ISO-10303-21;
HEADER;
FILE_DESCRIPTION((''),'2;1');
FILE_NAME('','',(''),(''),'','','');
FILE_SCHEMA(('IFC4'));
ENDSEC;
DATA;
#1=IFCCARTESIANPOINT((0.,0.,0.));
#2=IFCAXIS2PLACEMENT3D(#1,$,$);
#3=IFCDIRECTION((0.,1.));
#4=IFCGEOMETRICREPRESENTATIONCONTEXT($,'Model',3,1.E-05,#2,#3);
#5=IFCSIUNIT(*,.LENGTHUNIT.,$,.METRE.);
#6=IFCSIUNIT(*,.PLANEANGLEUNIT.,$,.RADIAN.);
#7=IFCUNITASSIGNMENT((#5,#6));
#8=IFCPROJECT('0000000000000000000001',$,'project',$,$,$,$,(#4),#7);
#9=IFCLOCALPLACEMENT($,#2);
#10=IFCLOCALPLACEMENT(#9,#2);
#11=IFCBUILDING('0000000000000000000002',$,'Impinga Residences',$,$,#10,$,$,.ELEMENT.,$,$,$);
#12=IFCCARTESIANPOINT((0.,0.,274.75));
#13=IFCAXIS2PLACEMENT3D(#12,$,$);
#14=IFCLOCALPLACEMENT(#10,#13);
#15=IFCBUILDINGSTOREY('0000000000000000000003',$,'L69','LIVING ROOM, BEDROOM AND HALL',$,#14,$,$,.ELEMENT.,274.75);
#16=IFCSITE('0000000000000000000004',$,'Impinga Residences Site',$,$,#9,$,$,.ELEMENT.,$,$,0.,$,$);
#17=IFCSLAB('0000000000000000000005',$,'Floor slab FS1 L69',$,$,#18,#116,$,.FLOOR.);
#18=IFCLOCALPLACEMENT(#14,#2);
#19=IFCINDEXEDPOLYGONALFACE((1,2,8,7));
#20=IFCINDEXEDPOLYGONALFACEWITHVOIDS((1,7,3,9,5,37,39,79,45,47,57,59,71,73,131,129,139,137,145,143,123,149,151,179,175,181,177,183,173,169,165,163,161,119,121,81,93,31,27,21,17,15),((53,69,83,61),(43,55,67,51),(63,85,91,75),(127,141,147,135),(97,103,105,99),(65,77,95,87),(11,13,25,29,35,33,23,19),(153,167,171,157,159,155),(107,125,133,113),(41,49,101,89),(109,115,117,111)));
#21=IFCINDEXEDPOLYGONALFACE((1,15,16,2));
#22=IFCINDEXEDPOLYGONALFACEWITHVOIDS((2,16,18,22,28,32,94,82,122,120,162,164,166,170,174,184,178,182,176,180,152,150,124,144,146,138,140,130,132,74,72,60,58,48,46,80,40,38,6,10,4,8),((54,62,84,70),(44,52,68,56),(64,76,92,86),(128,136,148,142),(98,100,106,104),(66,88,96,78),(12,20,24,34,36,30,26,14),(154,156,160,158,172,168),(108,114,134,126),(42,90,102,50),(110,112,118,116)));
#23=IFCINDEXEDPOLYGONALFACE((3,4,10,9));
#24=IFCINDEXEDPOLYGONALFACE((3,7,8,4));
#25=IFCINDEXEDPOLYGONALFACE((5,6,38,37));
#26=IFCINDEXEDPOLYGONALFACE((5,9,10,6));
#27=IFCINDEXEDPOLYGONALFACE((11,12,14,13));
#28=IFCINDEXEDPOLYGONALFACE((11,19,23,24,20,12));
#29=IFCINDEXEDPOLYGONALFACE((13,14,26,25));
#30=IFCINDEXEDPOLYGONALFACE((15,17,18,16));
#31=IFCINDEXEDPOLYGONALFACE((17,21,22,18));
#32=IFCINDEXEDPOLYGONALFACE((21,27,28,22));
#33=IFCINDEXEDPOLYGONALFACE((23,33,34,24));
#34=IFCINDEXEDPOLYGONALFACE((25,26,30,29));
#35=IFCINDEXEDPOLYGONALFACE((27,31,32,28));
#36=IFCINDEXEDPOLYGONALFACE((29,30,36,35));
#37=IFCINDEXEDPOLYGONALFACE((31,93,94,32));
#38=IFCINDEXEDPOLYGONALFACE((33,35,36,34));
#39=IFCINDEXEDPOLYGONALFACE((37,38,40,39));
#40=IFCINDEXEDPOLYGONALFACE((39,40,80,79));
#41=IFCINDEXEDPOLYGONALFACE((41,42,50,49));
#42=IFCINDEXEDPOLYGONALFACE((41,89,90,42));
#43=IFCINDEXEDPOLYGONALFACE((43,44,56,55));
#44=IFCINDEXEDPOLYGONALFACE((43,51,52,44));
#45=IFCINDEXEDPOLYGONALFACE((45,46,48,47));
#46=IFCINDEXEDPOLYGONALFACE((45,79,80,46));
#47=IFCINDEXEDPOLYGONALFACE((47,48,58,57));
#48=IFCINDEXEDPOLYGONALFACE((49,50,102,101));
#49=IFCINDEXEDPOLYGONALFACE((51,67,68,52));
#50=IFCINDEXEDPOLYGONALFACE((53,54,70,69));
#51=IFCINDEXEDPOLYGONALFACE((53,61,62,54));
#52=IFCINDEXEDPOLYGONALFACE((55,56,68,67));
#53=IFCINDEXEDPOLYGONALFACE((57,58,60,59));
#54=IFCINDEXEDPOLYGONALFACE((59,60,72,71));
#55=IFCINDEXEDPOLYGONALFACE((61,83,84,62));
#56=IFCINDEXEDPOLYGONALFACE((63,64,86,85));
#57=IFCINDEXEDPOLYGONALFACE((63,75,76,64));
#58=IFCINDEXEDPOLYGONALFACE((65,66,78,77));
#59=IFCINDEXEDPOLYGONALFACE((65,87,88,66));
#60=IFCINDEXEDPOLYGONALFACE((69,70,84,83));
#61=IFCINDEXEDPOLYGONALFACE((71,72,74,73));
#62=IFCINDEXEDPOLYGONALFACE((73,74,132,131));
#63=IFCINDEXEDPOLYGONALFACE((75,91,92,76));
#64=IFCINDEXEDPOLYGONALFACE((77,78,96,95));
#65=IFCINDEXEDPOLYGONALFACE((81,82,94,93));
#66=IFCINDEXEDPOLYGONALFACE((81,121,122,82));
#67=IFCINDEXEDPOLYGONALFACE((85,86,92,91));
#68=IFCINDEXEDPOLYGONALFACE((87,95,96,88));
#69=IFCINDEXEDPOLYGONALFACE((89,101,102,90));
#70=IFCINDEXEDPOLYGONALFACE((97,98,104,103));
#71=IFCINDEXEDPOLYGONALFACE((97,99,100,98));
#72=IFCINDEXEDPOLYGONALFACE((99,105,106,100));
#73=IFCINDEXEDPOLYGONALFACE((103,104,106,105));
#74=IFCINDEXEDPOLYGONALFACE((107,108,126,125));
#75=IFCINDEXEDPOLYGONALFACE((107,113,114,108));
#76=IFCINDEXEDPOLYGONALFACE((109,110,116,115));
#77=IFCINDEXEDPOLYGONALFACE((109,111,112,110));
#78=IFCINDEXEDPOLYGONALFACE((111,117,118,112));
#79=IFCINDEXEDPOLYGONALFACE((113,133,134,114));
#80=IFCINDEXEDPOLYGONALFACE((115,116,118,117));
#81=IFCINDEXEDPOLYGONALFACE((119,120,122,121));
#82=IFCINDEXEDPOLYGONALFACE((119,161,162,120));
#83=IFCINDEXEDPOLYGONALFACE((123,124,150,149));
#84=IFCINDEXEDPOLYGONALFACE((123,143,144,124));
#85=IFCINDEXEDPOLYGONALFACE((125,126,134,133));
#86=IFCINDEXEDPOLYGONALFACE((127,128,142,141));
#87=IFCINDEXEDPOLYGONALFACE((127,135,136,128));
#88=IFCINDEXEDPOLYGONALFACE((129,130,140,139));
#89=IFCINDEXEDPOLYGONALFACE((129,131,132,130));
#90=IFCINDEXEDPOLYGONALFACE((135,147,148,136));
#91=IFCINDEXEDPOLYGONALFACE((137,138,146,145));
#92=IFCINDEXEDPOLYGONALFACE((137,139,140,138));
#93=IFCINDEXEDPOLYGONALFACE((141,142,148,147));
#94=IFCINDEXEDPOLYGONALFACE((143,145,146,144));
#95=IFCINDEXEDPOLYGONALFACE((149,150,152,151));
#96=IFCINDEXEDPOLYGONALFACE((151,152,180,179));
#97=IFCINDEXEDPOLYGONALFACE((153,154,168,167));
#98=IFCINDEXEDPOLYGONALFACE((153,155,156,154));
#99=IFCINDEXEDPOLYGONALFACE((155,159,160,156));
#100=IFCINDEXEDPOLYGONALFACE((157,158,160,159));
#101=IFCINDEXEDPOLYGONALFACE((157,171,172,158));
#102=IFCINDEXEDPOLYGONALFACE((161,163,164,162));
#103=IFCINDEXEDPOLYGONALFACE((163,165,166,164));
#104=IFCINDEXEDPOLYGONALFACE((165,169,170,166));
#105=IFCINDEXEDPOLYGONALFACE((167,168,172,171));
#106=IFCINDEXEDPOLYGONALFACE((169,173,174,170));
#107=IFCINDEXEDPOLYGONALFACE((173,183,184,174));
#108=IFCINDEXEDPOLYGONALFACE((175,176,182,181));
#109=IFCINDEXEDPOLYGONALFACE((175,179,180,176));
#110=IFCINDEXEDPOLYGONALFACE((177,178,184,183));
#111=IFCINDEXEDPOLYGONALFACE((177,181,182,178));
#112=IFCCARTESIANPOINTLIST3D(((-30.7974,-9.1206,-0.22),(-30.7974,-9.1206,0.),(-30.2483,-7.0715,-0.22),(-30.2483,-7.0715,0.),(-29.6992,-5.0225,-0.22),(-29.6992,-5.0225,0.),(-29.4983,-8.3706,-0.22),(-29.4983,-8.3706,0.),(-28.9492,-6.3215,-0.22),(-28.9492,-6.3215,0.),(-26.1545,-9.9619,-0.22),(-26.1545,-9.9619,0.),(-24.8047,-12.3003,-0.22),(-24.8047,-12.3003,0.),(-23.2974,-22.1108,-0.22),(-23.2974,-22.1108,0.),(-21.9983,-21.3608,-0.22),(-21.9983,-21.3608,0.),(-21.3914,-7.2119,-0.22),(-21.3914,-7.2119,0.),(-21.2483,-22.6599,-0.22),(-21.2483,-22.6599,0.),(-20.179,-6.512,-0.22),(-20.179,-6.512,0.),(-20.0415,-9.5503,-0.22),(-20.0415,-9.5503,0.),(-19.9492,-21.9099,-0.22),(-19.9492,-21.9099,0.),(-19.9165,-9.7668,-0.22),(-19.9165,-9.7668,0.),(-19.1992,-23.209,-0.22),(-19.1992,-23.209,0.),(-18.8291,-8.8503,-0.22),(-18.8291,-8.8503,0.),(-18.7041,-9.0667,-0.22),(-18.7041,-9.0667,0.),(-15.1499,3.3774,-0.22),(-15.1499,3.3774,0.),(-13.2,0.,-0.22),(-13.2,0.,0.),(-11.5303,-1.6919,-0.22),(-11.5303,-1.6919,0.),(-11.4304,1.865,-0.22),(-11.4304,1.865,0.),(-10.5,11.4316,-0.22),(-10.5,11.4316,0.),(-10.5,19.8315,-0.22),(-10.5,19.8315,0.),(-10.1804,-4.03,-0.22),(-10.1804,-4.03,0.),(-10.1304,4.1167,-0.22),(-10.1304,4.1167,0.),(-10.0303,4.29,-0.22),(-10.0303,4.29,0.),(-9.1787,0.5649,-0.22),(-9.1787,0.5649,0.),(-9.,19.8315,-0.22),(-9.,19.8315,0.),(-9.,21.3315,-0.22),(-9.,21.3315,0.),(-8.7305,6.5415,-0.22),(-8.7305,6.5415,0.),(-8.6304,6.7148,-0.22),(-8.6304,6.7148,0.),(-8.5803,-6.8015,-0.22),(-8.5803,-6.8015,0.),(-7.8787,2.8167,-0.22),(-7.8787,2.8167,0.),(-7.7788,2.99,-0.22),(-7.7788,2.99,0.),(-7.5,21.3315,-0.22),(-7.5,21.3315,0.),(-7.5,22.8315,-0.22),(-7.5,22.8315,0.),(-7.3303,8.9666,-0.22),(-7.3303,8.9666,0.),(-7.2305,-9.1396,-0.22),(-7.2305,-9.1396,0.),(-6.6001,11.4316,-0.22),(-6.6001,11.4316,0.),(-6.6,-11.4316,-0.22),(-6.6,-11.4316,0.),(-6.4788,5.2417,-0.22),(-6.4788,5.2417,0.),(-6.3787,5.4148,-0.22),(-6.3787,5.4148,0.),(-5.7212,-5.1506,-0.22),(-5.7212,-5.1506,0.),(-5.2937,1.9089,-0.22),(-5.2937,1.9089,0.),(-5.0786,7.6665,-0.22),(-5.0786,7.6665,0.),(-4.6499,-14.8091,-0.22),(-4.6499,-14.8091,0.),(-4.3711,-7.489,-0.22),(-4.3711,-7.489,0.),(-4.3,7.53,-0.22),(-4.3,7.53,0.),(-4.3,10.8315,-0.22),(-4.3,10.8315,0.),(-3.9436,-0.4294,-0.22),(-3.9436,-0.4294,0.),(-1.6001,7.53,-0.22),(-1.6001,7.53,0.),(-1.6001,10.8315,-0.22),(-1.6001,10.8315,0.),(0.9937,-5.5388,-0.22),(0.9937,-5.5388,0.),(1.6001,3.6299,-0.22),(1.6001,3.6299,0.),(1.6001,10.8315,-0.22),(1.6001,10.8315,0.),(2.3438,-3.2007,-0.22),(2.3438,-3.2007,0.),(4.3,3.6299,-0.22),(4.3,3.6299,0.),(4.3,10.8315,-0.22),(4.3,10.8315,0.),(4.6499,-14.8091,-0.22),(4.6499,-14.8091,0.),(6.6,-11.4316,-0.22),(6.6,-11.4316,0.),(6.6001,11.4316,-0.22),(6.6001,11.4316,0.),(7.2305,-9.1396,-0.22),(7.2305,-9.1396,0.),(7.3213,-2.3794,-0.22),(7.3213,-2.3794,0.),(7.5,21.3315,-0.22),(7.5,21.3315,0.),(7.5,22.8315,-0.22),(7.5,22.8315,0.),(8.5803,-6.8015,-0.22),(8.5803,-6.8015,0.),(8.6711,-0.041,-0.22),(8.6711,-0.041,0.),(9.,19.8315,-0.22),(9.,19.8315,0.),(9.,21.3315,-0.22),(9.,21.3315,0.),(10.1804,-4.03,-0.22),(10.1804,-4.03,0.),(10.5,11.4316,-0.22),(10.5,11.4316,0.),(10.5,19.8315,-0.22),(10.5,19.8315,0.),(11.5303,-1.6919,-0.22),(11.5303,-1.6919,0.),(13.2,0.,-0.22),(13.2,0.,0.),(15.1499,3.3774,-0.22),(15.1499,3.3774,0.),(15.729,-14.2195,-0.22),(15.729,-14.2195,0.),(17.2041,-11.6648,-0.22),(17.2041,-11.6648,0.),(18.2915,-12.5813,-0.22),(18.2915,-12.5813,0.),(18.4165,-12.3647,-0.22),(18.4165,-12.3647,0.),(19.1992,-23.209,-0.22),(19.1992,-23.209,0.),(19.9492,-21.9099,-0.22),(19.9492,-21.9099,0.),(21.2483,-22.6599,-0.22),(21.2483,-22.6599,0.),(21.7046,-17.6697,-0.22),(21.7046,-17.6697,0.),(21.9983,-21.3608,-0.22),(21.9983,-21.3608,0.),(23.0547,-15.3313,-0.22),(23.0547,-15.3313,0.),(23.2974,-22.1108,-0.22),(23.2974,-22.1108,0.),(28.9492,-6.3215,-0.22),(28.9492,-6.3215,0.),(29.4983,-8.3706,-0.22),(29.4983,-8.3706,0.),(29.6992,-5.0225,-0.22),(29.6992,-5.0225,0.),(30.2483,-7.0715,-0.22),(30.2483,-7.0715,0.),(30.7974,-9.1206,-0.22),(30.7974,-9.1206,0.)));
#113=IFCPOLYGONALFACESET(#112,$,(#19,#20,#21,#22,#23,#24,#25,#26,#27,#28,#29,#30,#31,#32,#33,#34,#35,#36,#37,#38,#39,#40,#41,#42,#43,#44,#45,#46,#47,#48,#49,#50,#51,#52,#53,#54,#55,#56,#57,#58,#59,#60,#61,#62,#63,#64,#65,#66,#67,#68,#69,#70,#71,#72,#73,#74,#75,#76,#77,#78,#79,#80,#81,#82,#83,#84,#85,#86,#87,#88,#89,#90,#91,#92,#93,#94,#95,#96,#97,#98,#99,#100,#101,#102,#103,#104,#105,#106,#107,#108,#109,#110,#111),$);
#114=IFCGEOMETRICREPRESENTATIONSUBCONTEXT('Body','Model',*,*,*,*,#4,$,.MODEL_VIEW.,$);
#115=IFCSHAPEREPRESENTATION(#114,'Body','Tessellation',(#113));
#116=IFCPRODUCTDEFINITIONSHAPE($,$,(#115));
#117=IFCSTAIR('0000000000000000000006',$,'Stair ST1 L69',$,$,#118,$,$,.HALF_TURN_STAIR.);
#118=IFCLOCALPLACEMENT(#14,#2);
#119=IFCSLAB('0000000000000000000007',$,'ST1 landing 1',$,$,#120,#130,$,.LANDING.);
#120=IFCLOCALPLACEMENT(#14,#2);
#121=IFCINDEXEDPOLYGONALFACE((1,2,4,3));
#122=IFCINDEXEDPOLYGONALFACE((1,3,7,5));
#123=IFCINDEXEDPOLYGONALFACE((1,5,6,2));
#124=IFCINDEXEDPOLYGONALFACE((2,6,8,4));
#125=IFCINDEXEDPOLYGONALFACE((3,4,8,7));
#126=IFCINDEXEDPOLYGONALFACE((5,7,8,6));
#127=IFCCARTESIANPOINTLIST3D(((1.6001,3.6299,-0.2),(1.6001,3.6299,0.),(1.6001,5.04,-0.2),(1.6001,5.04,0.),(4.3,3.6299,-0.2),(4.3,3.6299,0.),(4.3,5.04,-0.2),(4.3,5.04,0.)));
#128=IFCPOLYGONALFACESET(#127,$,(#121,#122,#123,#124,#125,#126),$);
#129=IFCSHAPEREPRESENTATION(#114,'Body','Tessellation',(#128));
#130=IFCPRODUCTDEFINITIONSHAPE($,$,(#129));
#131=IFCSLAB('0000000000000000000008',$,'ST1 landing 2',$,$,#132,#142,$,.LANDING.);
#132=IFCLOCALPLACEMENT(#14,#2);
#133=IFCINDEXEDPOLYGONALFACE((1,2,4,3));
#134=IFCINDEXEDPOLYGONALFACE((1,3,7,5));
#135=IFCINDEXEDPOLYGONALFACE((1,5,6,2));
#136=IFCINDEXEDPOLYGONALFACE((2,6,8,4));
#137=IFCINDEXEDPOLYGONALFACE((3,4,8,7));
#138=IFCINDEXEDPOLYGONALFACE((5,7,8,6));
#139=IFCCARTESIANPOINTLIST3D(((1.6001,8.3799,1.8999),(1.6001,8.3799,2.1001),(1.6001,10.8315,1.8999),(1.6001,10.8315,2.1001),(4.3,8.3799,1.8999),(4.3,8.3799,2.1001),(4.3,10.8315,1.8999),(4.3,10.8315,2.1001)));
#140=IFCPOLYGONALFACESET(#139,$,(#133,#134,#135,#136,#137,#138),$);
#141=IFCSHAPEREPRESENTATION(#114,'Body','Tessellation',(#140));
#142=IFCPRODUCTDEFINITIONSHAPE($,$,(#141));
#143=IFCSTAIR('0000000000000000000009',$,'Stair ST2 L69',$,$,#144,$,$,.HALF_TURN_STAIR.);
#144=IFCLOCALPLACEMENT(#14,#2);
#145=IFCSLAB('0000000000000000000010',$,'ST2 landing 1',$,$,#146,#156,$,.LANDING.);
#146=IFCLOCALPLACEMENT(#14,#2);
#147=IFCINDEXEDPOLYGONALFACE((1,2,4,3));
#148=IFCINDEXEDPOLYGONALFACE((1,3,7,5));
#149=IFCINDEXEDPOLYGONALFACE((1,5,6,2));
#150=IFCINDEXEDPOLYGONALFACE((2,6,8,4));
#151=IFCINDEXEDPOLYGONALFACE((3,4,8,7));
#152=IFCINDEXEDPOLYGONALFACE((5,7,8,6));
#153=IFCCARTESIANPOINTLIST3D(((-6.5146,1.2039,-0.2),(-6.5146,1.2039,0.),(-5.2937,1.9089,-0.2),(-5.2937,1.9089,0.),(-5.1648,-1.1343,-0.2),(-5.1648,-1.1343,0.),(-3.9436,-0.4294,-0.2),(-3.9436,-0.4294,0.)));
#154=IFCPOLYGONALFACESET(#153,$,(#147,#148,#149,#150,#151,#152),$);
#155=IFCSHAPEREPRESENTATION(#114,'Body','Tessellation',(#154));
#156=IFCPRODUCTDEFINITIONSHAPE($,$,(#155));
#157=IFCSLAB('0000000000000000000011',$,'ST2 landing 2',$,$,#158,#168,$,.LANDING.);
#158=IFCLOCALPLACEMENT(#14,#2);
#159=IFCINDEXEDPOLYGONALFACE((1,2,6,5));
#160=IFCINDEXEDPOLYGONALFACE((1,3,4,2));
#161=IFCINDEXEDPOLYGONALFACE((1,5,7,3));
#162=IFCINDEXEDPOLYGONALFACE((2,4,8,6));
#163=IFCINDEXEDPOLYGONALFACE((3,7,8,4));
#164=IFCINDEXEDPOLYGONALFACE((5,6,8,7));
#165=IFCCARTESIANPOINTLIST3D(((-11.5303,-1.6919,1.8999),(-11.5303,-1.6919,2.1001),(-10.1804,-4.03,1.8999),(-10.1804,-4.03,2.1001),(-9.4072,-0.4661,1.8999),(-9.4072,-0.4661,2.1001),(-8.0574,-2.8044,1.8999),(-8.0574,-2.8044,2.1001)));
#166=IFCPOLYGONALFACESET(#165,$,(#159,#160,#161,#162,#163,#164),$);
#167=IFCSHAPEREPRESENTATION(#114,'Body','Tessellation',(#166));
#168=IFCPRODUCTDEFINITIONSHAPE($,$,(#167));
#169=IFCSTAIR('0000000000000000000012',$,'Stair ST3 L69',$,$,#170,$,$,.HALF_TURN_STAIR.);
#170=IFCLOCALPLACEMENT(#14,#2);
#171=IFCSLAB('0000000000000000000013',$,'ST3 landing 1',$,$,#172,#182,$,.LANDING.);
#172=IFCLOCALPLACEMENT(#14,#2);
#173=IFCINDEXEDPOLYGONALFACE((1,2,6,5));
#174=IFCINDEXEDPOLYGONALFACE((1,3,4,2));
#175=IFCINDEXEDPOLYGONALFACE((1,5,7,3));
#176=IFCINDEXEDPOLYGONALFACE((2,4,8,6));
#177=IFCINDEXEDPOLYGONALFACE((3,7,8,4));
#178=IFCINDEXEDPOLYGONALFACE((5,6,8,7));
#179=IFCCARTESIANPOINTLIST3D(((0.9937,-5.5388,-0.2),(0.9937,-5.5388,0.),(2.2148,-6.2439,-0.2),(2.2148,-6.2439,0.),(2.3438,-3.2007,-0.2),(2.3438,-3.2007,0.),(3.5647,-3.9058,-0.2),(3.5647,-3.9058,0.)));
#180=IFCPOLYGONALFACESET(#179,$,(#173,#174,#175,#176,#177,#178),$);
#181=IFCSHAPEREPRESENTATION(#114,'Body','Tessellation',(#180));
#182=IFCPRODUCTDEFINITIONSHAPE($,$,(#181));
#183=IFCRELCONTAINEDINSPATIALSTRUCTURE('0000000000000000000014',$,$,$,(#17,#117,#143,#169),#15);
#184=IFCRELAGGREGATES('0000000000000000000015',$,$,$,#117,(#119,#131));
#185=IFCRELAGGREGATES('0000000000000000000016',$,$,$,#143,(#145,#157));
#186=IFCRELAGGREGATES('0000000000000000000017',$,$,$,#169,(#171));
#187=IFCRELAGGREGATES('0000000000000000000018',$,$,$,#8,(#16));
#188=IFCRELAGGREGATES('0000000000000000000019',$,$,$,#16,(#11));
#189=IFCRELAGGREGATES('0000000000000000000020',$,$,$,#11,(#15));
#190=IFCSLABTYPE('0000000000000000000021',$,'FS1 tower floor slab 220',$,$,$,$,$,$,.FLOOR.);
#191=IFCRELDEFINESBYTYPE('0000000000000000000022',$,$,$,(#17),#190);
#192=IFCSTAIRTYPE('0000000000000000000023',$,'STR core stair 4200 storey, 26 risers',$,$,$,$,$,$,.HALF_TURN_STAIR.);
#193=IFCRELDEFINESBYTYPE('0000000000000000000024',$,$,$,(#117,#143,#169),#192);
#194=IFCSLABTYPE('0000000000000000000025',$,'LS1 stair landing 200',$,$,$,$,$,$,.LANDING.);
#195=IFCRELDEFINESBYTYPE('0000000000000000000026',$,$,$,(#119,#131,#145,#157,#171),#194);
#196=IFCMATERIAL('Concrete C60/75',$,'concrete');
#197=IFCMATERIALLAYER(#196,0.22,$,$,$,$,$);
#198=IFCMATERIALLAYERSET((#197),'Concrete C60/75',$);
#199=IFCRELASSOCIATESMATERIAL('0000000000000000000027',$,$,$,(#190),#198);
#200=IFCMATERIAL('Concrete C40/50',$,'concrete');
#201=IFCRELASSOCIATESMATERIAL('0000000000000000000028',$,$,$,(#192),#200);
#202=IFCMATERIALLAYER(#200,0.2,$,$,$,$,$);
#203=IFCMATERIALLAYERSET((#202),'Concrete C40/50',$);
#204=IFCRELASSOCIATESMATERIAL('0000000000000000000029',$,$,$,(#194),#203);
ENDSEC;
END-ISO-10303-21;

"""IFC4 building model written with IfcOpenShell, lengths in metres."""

from ifc_helpers import new_model, si_unit, direction, frame, origin, place, context, subcontext, project, spatial, polyline, outline, extrude, material, layer, layer_set, type_object, element, aggregate, save


model = new_model("IFC4")

# Units and contexts
model_context = context("Model", 3, precision=1e-05, world=origin(), true_north=direction((0.0, 1.0)))
body_context = subcontext(model_context, "Body", "Model", "MODEL_VIEW")
ifc_project = project(units=[si_unit("LENGTHUNIT", "METRE"), si_unit("PLANEANGLEUNIT", "RADIAN")], contexts=[model_context])

# Site, building, storey
site_placement = place(None, origin())
site = spatial("IfcSite", under=ifc_project, at=site_placement, Name="Impinga Residences Site", CompositionType="ELEMENT", RefElevation=0.0)
building_placement = place(site_placement, origin())
building = spatial("IfcBuilding", under=site, at=building_placement, Name="Impinga Residences", CompositionType="ELEMENT")
storey_placement = place(building_placement, frame((0.0, 0.0, 274.75)))
storey = spatial("IfcBuildingStorey", under=building, at=storey_placement, Name="L69", Description="LIVING ROOM, BEDROOM AND HALL", CompositionType="ELEMENT", Elevation=274.75)

# Slab
ifc_material_1 = material(Name="Concrete C60/75", Category="concrete")
ifc_layer_1 = layer(ifc_material_1, 0.22)
ifc_layer_set_1 = layer_set([ifc_layer_1], Name="Concrete C60/75")
slab_type_1 = type_object("IfcSlabType", Name="FS1 tower floor slab 220", PredefinedType="FLOOR", material=ifc_layer_set_1)
slab_1_placement = place(storey_placement, frame((0.0, 0.0, -0.22)))
element("IfcSlab", 1, at=slab_1_placement, inside=storey, type_object=slab_type_1, Name="Floor slab FS1 L69", PredefinedType="FLOOR", context=body_context, shape_type="SweptSolid", body=[
    extrude(outline(polyline([(-19.9492, -21.9099), (-21.2483, -22.6599), (-21.9983, -21.3608), (-23.2974, -22.1108), (-30.7974, -9.1206), (-29.4983, -8.3706), (-30.2483, -7.0715), (-28.9492, -6.3215), (-29.6992, -5.0225), (-15.1499, 3.3774), (-13.2, 0.0), (-6.6001, 11.4316), (-10.5, 11.4316), (-10.5, 19.8315), (-9.0, 19.8315), (-9.0, 21.3315), (-7.5, 21.3315), (-7.5, 22.8315), (7.5, 22.8315), (7.5, 21.3315), (9.0, 21.3315), (9.0, 19.8315), (10.5, 19.8315), (10.5, 11.4316), (6.6001, 11.4316), (13.2, 0.0), (15.1499, 3.3774), (29.6992, -5.0225), (28.9492, -6.3215), (30.2483, -7.0715), (29.4983, -8.3706), (30.7974, -9.1206), (23.2974, -22.1108), (21.9983, -21.3608), (21.2483, -22.6599), (19.9492, -21.9099), (19.1992, -23.209), (4.6499, -14.8091), (9.9001, -5.7158), (6.6001, -11.4316), (-6.6001, -11.4316), (-9.9001, -5.7158), (-4.6499, -14.8091), (-19.1992, -23.209), (-19.9492, -21.9099)]), holes=[polyline([(-18.8291, -8.8503), (-18.8291, -8.8503), (-20.179, -6.512), (-21.3914, -7.2119), (-21.3914, -7.2119), (-26.1545, -9.9619), (-24.8047, -12.3003), (-20.0415, -9.5503), (-19.9165, -9.7668), (-18.7041, -9.0667), (-18.8291, -8.8503)]), polyline([(-5.7212, -5.1506), (-8.5803, -6.8015), (-7.2305, -9.1396), (-4.3711, -7.489), (-5.7212, -5.1506)]), polyline([(-5.2937, 1.9089), (-11.5303, -1.6919), (-10.1804, -4.03), (-3.9436, -0.4294), (-5.2937, 1.9089)]), polyline([(-7.8787, 2.8167), (-10.1304, 4.1167), (-11.4304, 1.865), (-9.1787, 0.5649), (-7.8787, 2.8167)]), polyline([(-6.4788, 5.2417), (-8.7305, 6.5415), (-10.0303, 4.29), (-7.7788, 2.99), (-6.4788, 5.2417)]), polyline([(-5.0786, 7.6665), (-7.3303, 8.9666), (-8.6304, 6.7148), (-6.3787, 5.4148), (-5.0786, 7.6665)]), polyline([(15.729, -14.2195), (21.7046, -17.6697), (23.0547, -15.3313), (18.2915, -12.5813), (18.4165, -12.3647), (17.2041, -11.6648), (15.729, -14.2195)]), polyline([(0.9937, -5.5388), (7.2305, -9.1396), (8.5803, -6.8015), (2.3438, -3.2007), (0.9937, -5.5388)]), polyline([(7.3213, -2.3794), (10.1804, -4.03), (11.5303, -1.6919), (8.6711, -0.041), (7.3213, -2.3794)]), polyline([(4.3, 3.6299), (4.3, 10.8315), (1.6001, 10.8315), (1.6001, 3.6299), (4.3, 3.6299)]), polyline([(-1.6001, 7.53), (-1.6001, 10.8315), (-4.3, 10.8315), (-4.3, 7.53), (-1.6001, 7.53)])]), origin(), (0.0, 0.0, 1.0), 0.22),
])

# Stairs, slabs
ifc_material_2 = material(Name="Concrete C40/50", Category="concrete")
stair_type_1 = type_object("IfcStairType", Name="STR core stair 4200 storey, 26 risers", PredefinedType="HALF_TURN_STAIR", material=ifc_material_2)
stair_1_placement = place(storey_placement, origin())
stair_1 = element("IfcStair", 2, at=stair_1_placement, inside=storey, type_object=stair_type_1, Name="Stair ST1 L69", PredefinedType="HALF_TURN_STAIR")
ifc_layer_2 = layer(ifc_material_2, 0.2)
ifc_layer_set_2 = layer_set([ifc_layer_2], Name="Concrete C40/50")
slab_type_2 = type_object("IfcSlabType", Name="LS1 stair landing 200", PredefinedType="LANDING", material=ifc_layer_set_2)
slab_2_placement = place(storey_placement, frame((0.0, 0.0, -0.2)))
slab_2 = element("IfcSlab", 3, at=slab_2_placement, type_object=slab_type_2, Name="ST1 landing 1", PredefinedType="LANDING", context=body_context, shape_type="SweptSolid", body=[
    extrude(outline(polyline([(1.6001, 3.6299), (4.3, 3.6299), (4.3, 5.04), (1.6001, 5.04), (1.6001, 3.6299)])), origin(), (0.0, 0.0, 1.0), 0.2),
])
slab_3_placement = place(storey_placement, frame((0.0, 0.0, 1.8999)))
slab_3 = element("IfcSlab", 4, at=slab_3_placement, type_object=slab_type_2, Name="ST1 landing 2", PredefinedType="LANDING", context=body_context, shape_type="SweptSolid", body=[
    extrude(outline(polyline([(1.6001, 8.3799), (4.3, 8.3799), (4.3, 10.8315), (1.6001, 10.8315), (1.6001, 8.3799)])), origin(), (0.0, 0.0, 1.0), 0.2002),
])
aggregate(stair_1, [slab_2, slab_3])
stair_2_placement = place(storey_placement, origin())
stair_2 = element("IfcStair", 5, at=stair_2_placement, inside=storey, type_object=stair_type_1, Name="Stair ST2 L69", PredefinedType="HALF_TURN_STAIR")
slab_4_placement = place(storey_placement, frame((0.0, 0.0, -0.2)))
slab_4 = element("IfcSlab", 6, at=slab_4_placement, type_object=slab_type_2, Name="ST2 landing 1", PredefinedType="LANDING", context=body_context, shape_type="SweptSolid", body=[
    extrude(outline(polyline([(-3.9436, -0.4294), (-5.2937, 1.9089), (-6.5146, 1.2039), (-5.1648, -1.1343), (-3.9436, -0.4294)])), origin(), (0.0, 0.0, 1.0), 0.2),
])
slab_5_placement = place(storey_placement, frame((0.0, 0.0, 1.8999)))
slab_5 = element("IfcSlab", 7, at=slab_5_placement, type_object=slab_type_2, Name="ST2 landing 2", PredefinedType="LANDING", context=body_context, shape_type="SweptSolid", body=[
    extrude(outline(polyline([(-8.0574, -2.8044), (-9.4072, -0.4661), (-11.5303, -1.6919), (-10.1804, -4.03), (-8.0574, -2.8044)])), origin(), (0.0, 0.0, 1.0), 0.2002),
])
aggregate(stair_2, [slab_4, slab_5])
stair_3_placement = place(storey_placement, origin())
stair_3 = element("IfcStair", 8, at=stair_3_placement, inside=storey, type_object=stair_type_1, Name="Stair ST3 L69", PredefinedType="HALF_TURN_STAIR")
slab_6_placement = place(storey_placement, frame((0.0, 0.0, -0.2)))
slab_6 = element("IfcSlab", 9, at=slab_6_placement, type_object=slab_type_2, Name="ST3 landing 1", PredefinedType="LANDING", context=body_context, shape_type="SweptSolid", body=[
    extrude(outline(polyline([(2.3438, -3.2007), (0.9937, -5.5388), (2.2148, -6.2439), (3.5647, -3.9058), (2.3438, -3.2007)])), origin(), (0.0, 0.0, 1.0), 0.2),
])
aggregate(stair_3, [slab_6])

save(model, "model.ifc")
